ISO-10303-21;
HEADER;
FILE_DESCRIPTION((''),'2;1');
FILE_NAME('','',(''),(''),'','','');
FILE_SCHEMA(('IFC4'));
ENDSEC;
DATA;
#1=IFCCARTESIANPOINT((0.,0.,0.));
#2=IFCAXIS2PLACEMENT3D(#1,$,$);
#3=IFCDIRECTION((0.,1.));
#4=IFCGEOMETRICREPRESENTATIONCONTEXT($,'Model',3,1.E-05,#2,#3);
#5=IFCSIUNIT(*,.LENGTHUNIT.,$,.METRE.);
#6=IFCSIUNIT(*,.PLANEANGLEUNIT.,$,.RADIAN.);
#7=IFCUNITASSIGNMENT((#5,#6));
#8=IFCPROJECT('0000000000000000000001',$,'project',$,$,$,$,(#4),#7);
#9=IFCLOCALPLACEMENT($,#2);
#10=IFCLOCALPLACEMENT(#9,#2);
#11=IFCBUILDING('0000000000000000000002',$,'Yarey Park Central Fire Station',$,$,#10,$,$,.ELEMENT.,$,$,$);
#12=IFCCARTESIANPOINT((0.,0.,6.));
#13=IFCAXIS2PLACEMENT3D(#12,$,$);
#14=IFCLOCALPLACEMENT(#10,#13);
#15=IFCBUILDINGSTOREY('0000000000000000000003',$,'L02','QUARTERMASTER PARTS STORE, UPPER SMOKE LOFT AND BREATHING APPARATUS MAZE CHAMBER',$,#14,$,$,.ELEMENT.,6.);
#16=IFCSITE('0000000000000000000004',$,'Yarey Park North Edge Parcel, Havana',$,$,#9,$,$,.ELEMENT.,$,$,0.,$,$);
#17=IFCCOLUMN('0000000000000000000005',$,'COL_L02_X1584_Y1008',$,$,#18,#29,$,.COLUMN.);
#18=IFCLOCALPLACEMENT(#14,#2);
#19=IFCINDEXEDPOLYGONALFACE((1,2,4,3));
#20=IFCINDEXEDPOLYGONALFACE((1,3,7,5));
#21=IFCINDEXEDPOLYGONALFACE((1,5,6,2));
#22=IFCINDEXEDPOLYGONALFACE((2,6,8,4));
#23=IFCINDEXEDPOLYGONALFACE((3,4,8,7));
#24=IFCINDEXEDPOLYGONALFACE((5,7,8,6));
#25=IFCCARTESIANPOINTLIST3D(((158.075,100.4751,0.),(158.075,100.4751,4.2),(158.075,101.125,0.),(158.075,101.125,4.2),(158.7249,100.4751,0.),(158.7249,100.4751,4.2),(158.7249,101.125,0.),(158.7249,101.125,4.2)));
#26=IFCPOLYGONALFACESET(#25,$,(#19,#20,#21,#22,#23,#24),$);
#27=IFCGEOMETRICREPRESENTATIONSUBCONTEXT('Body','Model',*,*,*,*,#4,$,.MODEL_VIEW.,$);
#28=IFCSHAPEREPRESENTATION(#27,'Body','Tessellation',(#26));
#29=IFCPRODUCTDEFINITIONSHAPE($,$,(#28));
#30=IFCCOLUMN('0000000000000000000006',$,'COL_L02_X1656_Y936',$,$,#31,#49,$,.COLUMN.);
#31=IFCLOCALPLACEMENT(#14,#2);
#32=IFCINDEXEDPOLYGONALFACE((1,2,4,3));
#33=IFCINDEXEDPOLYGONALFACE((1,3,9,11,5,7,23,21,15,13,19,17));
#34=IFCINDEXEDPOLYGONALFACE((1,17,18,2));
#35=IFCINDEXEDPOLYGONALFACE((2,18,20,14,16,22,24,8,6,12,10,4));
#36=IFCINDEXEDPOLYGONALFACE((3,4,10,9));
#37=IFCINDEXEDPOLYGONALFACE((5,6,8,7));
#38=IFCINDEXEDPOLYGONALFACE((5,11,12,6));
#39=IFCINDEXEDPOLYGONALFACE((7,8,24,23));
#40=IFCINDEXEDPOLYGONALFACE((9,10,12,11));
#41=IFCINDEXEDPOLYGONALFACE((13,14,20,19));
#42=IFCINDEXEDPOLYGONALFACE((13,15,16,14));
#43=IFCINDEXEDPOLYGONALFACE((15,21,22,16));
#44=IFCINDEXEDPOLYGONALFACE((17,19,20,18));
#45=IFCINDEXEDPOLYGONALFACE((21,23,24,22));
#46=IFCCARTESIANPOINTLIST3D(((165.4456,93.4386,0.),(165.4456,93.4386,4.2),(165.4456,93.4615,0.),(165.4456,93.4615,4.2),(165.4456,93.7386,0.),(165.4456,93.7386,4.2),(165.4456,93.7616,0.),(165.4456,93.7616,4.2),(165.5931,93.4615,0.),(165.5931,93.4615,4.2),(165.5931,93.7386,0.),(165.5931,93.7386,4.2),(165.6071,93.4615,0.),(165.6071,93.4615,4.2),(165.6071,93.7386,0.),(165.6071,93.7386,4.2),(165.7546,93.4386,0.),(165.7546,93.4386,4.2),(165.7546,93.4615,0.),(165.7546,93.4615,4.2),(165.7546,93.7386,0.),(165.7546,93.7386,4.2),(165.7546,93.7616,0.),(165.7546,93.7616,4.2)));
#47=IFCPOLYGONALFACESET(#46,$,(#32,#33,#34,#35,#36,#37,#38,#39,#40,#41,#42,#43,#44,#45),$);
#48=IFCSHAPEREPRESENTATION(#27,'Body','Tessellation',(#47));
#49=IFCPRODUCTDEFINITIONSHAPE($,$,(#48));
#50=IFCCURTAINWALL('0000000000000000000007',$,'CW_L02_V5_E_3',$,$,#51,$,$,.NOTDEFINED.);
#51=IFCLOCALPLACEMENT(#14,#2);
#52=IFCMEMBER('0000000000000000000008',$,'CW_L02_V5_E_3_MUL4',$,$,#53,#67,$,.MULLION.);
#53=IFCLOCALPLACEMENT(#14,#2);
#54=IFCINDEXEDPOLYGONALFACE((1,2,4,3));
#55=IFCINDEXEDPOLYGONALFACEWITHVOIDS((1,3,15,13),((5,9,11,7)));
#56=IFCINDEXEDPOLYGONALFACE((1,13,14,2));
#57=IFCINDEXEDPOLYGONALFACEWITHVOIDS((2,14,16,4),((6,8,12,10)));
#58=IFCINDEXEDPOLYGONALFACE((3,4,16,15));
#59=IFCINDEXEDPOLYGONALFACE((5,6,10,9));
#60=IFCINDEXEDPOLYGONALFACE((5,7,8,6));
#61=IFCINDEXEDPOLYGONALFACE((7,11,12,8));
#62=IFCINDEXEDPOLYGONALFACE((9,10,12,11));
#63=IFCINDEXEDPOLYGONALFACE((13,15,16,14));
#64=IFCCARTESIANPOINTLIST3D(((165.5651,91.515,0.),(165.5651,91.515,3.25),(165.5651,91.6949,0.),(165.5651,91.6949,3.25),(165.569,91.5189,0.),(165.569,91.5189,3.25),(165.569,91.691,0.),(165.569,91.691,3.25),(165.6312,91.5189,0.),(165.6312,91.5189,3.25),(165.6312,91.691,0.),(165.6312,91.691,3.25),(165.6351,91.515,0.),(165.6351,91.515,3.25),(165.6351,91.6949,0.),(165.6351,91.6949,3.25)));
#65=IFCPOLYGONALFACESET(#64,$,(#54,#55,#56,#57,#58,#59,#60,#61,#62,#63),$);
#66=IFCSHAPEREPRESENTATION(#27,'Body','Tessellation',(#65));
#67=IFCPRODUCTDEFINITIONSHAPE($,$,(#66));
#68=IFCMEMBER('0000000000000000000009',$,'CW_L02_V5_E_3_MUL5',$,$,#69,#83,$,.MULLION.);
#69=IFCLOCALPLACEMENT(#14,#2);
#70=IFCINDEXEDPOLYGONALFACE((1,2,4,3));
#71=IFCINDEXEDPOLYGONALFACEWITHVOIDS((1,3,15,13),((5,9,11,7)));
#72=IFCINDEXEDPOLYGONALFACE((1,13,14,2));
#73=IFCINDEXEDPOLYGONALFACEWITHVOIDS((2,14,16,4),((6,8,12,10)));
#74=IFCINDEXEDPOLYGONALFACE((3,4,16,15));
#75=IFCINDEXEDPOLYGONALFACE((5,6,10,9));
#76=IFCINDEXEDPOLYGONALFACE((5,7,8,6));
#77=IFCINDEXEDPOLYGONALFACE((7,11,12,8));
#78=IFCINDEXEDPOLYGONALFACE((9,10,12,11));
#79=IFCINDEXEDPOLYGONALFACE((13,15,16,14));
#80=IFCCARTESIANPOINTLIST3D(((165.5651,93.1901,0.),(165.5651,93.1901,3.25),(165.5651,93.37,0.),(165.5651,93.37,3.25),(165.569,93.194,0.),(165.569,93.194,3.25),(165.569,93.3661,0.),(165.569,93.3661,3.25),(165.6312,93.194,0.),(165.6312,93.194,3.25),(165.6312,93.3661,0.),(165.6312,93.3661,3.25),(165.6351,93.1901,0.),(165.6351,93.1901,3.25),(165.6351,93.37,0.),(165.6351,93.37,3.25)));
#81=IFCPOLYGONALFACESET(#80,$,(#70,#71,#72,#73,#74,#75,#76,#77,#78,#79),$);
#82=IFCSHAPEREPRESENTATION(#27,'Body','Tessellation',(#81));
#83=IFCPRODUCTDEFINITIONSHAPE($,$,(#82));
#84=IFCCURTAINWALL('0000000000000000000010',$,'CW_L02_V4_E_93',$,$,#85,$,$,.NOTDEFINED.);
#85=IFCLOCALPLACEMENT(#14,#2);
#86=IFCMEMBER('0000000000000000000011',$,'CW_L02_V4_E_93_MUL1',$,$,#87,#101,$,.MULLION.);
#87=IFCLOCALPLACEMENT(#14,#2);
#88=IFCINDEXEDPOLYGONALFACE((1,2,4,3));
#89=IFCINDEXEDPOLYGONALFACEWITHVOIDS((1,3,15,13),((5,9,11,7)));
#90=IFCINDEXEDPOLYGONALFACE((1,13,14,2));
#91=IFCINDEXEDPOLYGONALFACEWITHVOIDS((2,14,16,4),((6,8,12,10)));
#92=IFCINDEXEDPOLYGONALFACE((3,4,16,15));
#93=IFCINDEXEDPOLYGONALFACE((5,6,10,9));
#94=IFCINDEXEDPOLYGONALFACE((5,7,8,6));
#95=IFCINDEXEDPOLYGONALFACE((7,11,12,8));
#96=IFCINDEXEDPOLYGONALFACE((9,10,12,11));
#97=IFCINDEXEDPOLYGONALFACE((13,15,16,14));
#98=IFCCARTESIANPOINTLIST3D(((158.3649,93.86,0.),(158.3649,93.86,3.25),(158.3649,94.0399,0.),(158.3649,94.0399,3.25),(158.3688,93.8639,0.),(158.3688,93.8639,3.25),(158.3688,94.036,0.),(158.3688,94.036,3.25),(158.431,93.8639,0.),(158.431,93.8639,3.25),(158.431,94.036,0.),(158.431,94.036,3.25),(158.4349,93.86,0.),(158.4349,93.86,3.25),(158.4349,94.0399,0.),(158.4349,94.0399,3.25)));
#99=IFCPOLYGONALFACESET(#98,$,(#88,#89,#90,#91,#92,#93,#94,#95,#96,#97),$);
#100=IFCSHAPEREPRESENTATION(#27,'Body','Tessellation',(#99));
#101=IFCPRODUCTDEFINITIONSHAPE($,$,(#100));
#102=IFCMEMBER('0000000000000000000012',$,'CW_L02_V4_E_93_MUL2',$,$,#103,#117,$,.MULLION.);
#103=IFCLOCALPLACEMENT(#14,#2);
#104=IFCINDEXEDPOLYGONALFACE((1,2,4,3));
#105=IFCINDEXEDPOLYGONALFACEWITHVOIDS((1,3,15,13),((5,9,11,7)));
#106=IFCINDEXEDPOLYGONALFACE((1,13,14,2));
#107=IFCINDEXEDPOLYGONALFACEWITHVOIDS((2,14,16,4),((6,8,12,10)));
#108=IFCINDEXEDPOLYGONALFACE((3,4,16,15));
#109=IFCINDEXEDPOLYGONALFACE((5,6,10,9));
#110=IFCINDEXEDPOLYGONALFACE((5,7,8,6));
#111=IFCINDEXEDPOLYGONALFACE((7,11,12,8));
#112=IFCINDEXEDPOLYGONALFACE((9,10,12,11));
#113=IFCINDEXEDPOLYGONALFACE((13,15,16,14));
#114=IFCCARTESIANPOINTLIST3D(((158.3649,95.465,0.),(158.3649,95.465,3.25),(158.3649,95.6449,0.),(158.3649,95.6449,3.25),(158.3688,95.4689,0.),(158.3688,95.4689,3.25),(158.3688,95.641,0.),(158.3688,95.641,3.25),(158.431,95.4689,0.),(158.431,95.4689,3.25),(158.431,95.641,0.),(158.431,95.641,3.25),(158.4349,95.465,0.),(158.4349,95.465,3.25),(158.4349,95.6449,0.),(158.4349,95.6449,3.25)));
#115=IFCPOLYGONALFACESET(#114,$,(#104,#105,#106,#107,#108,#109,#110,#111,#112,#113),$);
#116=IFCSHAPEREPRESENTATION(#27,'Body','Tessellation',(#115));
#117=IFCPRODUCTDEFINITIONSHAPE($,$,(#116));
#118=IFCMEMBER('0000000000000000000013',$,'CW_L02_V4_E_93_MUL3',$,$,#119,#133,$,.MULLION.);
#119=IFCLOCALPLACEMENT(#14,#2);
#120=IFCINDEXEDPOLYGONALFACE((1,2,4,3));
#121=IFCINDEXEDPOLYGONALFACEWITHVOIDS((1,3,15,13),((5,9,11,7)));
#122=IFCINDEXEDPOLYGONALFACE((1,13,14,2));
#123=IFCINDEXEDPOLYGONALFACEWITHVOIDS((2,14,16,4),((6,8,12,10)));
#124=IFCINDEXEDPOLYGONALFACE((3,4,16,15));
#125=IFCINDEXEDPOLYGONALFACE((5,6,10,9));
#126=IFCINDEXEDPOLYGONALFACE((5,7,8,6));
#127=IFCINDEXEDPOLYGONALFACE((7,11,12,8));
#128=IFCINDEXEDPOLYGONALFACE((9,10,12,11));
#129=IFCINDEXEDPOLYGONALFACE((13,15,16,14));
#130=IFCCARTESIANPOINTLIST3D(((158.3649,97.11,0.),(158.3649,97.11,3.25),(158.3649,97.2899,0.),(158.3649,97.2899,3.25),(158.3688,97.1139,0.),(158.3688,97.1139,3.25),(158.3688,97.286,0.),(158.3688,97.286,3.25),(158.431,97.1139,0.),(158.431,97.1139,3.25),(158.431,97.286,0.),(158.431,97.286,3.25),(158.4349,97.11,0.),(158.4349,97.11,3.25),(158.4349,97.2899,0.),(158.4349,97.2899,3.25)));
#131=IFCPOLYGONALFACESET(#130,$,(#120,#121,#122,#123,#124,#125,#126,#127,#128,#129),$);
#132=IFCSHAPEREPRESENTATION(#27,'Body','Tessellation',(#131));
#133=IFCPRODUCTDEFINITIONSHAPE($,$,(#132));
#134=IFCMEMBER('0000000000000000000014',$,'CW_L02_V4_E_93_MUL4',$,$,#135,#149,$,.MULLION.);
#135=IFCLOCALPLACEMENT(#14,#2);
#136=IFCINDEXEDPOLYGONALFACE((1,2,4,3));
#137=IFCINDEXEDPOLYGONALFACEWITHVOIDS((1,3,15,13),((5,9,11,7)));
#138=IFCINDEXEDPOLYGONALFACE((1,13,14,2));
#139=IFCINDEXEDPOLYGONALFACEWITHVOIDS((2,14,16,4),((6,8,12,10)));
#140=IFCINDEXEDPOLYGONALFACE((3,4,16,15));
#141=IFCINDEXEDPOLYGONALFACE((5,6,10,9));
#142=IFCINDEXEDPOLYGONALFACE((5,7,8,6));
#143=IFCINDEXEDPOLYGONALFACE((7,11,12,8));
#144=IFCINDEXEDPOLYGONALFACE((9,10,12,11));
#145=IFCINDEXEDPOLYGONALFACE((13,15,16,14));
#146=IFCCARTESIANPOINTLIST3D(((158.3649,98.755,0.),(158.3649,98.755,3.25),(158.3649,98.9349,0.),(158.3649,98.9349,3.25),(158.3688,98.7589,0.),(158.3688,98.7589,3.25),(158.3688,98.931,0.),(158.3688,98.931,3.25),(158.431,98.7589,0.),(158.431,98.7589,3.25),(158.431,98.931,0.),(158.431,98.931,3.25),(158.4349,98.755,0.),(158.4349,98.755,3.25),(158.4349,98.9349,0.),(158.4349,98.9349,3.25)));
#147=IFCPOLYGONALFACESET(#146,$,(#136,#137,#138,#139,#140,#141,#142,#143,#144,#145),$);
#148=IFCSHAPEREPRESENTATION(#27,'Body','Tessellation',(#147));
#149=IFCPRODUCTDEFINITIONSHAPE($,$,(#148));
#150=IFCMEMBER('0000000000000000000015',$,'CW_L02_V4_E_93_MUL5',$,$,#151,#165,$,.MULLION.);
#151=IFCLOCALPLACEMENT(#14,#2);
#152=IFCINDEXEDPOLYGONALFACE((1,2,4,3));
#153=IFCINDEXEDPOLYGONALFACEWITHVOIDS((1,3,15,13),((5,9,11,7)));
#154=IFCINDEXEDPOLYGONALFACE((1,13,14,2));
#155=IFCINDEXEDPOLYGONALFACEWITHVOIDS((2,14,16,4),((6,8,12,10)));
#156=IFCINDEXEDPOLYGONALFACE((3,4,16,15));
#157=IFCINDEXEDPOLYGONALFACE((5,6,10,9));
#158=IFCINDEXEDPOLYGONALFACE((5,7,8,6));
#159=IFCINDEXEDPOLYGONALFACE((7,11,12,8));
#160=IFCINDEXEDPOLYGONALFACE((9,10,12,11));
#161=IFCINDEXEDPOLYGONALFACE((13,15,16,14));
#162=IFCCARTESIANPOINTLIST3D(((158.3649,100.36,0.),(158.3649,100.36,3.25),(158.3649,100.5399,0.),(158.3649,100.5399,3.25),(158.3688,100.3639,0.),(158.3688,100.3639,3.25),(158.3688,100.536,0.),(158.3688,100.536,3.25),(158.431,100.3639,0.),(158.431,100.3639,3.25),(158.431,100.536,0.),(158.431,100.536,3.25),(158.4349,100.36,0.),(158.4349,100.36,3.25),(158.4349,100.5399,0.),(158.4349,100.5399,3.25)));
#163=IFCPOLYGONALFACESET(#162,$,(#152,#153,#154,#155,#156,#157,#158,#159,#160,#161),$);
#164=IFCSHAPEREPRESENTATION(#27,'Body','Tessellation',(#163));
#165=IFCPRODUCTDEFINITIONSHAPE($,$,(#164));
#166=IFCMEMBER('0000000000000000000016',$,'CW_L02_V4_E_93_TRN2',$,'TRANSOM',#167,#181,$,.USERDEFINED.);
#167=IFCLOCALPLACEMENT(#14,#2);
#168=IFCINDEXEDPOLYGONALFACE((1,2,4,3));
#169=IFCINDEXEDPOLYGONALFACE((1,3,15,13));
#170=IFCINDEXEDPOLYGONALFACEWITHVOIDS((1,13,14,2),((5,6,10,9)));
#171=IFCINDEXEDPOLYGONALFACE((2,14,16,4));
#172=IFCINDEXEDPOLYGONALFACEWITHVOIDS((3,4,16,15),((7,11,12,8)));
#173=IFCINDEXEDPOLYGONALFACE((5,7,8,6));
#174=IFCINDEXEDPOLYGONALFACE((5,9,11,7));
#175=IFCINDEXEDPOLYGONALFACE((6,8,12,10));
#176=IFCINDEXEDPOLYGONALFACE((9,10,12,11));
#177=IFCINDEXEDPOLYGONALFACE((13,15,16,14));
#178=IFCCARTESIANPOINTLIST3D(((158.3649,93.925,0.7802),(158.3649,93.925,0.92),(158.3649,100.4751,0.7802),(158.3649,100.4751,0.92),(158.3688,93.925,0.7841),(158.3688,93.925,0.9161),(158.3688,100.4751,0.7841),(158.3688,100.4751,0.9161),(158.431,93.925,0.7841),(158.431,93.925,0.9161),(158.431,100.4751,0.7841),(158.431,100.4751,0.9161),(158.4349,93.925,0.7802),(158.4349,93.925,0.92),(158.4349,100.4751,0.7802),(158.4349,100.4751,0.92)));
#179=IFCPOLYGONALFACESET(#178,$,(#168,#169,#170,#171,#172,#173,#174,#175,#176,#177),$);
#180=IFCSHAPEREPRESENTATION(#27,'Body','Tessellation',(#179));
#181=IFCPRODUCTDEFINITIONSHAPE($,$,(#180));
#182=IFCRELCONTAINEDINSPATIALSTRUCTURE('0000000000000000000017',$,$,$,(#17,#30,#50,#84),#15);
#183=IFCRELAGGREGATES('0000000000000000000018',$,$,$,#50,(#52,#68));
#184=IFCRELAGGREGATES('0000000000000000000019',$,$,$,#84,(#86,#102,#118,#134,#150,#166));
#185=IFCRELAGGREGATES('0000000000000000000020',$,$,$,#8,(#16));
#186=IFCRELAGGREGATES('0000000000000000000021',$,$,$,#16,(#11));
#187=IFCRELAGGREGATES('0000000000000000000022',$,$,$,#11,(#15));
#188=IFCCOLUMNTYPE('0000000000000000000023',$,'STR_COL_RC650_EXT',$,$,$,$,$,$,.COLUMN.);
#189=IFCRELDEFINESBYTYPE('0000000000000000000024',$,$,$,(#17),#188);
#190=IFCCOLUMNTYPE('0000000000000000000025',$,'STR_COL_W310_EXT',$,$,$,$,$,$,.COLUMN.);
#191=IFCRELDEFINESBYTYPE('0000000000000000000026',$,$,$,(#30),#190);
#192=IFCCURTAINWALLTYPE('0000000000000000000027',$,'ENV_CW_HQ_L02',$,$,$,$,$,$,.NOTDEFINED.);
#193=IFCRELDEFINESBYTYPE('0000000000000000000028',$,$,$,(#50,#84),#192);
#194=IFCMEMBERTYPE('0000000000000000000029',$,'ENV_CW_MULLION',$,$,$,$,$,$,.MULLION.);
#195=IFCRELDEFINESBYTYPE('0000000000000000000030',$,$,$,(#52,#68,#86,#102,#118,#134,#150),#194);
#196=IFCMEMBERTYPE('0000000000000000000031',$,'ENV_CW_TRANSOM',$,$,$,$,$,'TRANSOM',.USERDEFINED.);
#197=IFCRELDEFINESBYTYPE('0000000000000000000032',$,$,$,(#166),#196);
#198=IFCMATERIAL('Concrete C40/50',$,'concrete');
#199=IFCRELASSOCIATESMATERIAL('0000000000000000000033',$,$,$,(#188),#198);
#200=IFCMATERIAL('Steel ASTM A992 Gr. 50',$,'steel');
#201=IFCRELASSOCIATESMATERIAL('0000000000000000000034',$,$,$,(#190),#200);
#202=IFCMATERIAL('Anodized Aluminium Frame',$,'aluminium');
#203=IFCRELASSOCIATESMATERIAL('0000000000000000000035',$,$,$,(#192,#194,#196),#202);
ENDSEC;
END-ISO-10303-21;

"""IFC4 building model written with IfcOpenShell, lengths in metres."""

from ifc_helpers import new_model, si_unit, direction, frame, origin, origin_2d, place, context, subcontext, project, spatial, rectangle, hollow_rectangle, i_section, extrude, material, material_profile, profile_set, type_object, element, aggregate, save


model = new_model("IFC4")

# Units and contexts
model_context = context("Model", 3, precision=1e-05, world=origin(), true_north=direction((0.0, 1.0)))
body_context = subcontext(model_context, "Body", "Model", "MODEL_VIEW")
ifc_project = project(units=[si_unit("LENGTHUNIT", "METRE"), si_unit("PLANEANGLEUNIT", "RADIAN")], contexts=[model_context])

# Site, building, storey
site_placement = place(None, origin())
site = spatial("IfcSite", under=ifc_project, at=site_placement, Name="Yarey Park North Edge Parcel, Havana", CompositionType="ELEMENT", RefElevation=0.0)
building_placement = place(site_placement, origin())
building = spatial("IfcBuilding", under=site, at=building_placement, Name="Yarey Park Central Fire Station", CompositionType="ELEMENT")
storey_placement = place(building_placement, frame((0.0, 0.0, 6.0)))
storey = spatial("IfcBuildingStorey", under=building, at=storey_placement, Name="L02", Description="QUARTERMASTER PARTS STORE, UPPER SMOKE LOFT AND BREATHING APPARATUS MAZE CHAMBER", CompositionType="ELEMENT", Elevation=6.0)

# Columns
ifc_material_1 = material(Name="Concrete C40/50", Category="concrete")
ifc_material_profile_1 = material_profile(ifc_material_1, rectangle(XDim=0.6499, YDim=0.6499, at=origin_2d()), Name="RC 650x650")
ifc_profile_set_1 = profile_set([ifc_material_profile_1], Name="Concrete C40/50")
column_type_1 = type_object("IfcColumnType", Name="STR_COL_RC650_EXT", PredefinedType="COLUMN", material=ifc_profile_set_1)
column_1_placement = place(storey_placement, frame((158.3999, 100.8, 0.0), z_axis=(0.0, 0.0, 1.0), x_axis=(1.0, 0.0, 0.0)))
element("IfcColumn", 1, at=column_1_placement, inside=storey, type_object=column_type_1, Name="COL_L02_X1584_Y1008", PredefinedType="COLUMN", context=body_context, shape_type="SweptSolid", body=[
    extrude(rectangle(XDim=0.6499, YDim=0.6499, at=origin_2d()), origin(), (0.0, 0.0, 1.0), 4.2),
])
ifc_material_2 = material(Name="Steel ASTM A992 Gr. 50", Category="steel")
ifc_material_profile_2 = material_profile(ifc_material_2, i_section(OverallWidth=0.3091, OverallDepth=0.323, WebThickness=0.0139, FlangeThickness=0.0229, at=origin_2d()), Name="W310x143")
ifc_profile_set_2 = profile_set([ifc_material_profile_2], Name="Steel ASTM A992 Gr. 50")
column_type_2 = type_object("IfcColumnType", Name="STR_COL_W310_EXT", PredefinedType="COLUMN", material=ifc_profile_set_2)
column_2_placement = place(storey_placement, frame((165.6001, 93.6001, 0.0), z_axis=(0.0, 0.0, 1.0), x_axis=(1.0, 0.0, 0.0)))
element("IfcColumn", 2, at=column_2_placement, inside=storey, type_object=column_type_2, Name="COL_L02_X1656_Y936", PredefinedType="COLUMN", context=body_context, shape_type="SweptSolid", body=[
    extrude(i_section(OverallWidth=0.3091, OverallDepth=0.323, WebThickness=0.0139, FlangeThickness=0.0229, at=origin_2d()), origin(), (0.0, 0.0, 1.0), 4.2),
])

# Curtain walls, members
ifc_material_3 = material(Name="Anodized Aluminium Frame", Category="aluminium")
curtain_wall_type = type_object("IfcCurtainWallType", Name="ENV_CW_HQ_L02", PredefinedType="NOTDEFINED", material=ifc_material_3)
curtain_wall_1_placement = place(storey_placement, origin())
curtain_wall_1 = element("IfcCurtainWall", 3, at=curtain_wall_1_placement, inside=storey, type_object=curtain_wall_type, Name="CW_L02_V5_E_3", PredefinedType="NOTDEFINED")
ifc_material_profile_3 = material_profile(ifc_material_3, hollow_rectangle(XDim=0.0701, YDim=0.1799, WallThickness=0.0039, at=origin_2d()), Name="ALU 180x70x4")
ifc_profile_set_3 = profile_set([ifc_material_profile_3], Name="Anodized Aluminium Frame")
member_type_1 = type_object("IfcMemberType", Name="ENV_CW_MULLION", PredefinedType="MULLION", material=ifc_profile_set_3)
member_1_placement = place(storey_placement, frame((165.6001, 91.605, 0.0), z_axis=(0.0, 0.0, 1.0), x_axis=(1.0, 0.0, 0.0)))
member_1 = element("IfcMember", 4, at=member_1_placement, type_object=member_type_1, Name="CW_L02_V5_E_3_MUL4", PredefinedType="MULLION", context=body_context, shape_type="SweptSolid", body=[
    extrude(hollow_rectangle(XDim=0.0701, YDim=0.1799, WallThickness=0.0039, at=origin_2d()), origin(), (0.0, 0.0, 1.0), 3.25),
])
member_2_placement = place(storey_placement, frame((165.6001, 93.28, 0.0), z_axis=(0.0, 0.0, 1.0), x_axis=(1.0, 0.0, 0.0)))
member_2 = element("IfcMember", 5, at=member_2_placement, type_object=member_type_1, Name="CW_L02_V5_E_3_MUL5", PredefinedType="MULLION", context=body_context, shape_type="SweptSolid", body=[
    extrude(hollow_rectangle(XDim=0.0701, YDim=0.1799, WallThickness=0.0039, at=origin_2d()), origin(), (0.0, 0.0, 1.0), 3.25),
])
curtain_wall_2_placement = place(storey_placement, origin())
curtain_wall_2 = element("IfcCurtainWall", 6, at=curtain_wall_2_placement, inside=storey, type_object=curtain_wall_type, Name="CW_L02_V4_E_93", PredefinedType="NOTDEFINED")
member_3_placement = place(storey_placement, frame((158.3999, 93.95, 0.0), z_axis=(0.0, 0.0, 1.0), x_axis=(1.0, 0.0, 0.0)))
member_3 = element("IfcMember", 7, at=member_3_placement, type_object=member_type_1, Name="CW_L02_V4_E_93_MUL1", PredefinedType="MULLION", context=body_context, shape_type="SweptSolid", body=[
    extrude(hollow_rectangle(XDim=0.0701, YDim=0.1799, WallThickness=0.0039, at=origin_2d()), origin(), (0.0, 0.0, 1.0), 3.25),
])
member_4_placement = place(storey_placement, frame((158.3999, 95.5549, 0.0), z_axis=(0.0, 0.0, 1.0), x_axis=(1.0, 0.0, 0.0)))
member_4 = element("IfcMember", 8, at=member_4_placement, type_object=member_type_1, Name="CW_L02_V4_E_93_MUL2", PredefinedType="MULLION", context=body_context, shape_type="SweptSolid", body=[
    extrude(hollow_rectangle(XDim=0.0701, YDim=0.1799, WallThickness=0.0039, at=origin_2d()), origin(), (0.0, 0.0, 1.0), 3.25),
])
member_5_placement = place(storey_placement, frame((158.3999, 97.2, 0.0), z_axis=(0.0, 0.0, 1.0), x_axis=(1.0, 0.0, 0.0)))
member_5 = element("IfcMember", 9, at=member_5_placement, type_object=member_type_1, Name="CW_L02_V4_E_93_MUL3", PredefinedType="MULLION", context=body_context, shape_type="SweptSolid", body=[
    extrude(hollow_rectangle(XDim=0.0701, YDim=0.1799, WallThickness=0.0039, at=origin_2d()), origin(), (0.0, 0.0, 1.0), 3.25),
])
member_6_placement = place(storey_placement, frame((158.3999, 98.845, 0.0), z_axis=(0.0, 0.0, 1.0), x_axis=(1.0, 0.0, 0.0)))
member_6 = element("IfcMember", 10, at=member_6_placement, type_object=member_type_1, Name="CW_L02_V4_E_93_MUL4", PredefinedType="MULLION", context=body_context, shape_type="SweptSolid", body=[
    extrude(hollow_rectangle(XDim=0.0701, YDim=0.1799, WallThickness=0.0039, at=origin_2d()), origin(), (0.0, 0.0, 1.0), 3.25),
])
member_7_placement = place(storey_placement, frame((158.3999, 100.45, 0.0), z_axis=(0.0, 0.0, 1.0), x_axis=(1.0, 0.0, 0.0)))
member_7 = element("IfcMember", 11, at=member_7_placement, type_object=member_type_1, Name="CW_L02_V4_E_93_MUL5", PredefinedType="MULLION", context=body_context, shape_type="SweptSolid", body=[
    extrude(hollow_rectangle(XDim=0.0701, YDim=0.1799, WallThickness=0.0039, at=origin_2d()), origin(), (0.0, 0.0, 1.0), 3.25),
])
ifc_material_profile_4 = material_profile(ifc_material_3, hollow_rectangle(XDim=0.0701, YDim=0.1399, WallThickness=0.0039, at=origin_2d()), Name="ALU 140x70x4")
ifc_profile_set_4 = profile_set([ifc_material_profile_4], Name="Anodized Aluminium Frame")
member_type_2 = type_object("IfcMemberType", Name="ENV_CW_TRANSOM", ElementType="TRANSOM", PredefinedType="USERDEFINED", material=ifc_profile_set_4)
member_8_placement = place(storey_placement, frame((158.3999, 93.925, 0.8501), z_axis=(0.0, 1.0, 0.0), x_axis=(-1.0, 0.0, 0.0)))
member_8 = element("IfcMember", 12, at=member_8_placement, type_object=member_type_2, Name="CW_L02_V4_E_93_TRN2", ObjectType="TRANSOM", PredefinedType="USERDEFINED", context=body_context, shape_type="SweptSolid", body=[
    extrude(hollow_rectangle(XDim=0.0701, YDim=0.1399, WallThickness=0.0039, at=origin_2d()), origin(), (0.0, 0.0, 1.0), 6.55),
])

aggregate(curtain_wall_1, [member_1, member_2])
aggregate(curtain_wall_2, [member_3, member_4, member_5, member_6, member_7, member_8])

save(model, "model.ifc")
